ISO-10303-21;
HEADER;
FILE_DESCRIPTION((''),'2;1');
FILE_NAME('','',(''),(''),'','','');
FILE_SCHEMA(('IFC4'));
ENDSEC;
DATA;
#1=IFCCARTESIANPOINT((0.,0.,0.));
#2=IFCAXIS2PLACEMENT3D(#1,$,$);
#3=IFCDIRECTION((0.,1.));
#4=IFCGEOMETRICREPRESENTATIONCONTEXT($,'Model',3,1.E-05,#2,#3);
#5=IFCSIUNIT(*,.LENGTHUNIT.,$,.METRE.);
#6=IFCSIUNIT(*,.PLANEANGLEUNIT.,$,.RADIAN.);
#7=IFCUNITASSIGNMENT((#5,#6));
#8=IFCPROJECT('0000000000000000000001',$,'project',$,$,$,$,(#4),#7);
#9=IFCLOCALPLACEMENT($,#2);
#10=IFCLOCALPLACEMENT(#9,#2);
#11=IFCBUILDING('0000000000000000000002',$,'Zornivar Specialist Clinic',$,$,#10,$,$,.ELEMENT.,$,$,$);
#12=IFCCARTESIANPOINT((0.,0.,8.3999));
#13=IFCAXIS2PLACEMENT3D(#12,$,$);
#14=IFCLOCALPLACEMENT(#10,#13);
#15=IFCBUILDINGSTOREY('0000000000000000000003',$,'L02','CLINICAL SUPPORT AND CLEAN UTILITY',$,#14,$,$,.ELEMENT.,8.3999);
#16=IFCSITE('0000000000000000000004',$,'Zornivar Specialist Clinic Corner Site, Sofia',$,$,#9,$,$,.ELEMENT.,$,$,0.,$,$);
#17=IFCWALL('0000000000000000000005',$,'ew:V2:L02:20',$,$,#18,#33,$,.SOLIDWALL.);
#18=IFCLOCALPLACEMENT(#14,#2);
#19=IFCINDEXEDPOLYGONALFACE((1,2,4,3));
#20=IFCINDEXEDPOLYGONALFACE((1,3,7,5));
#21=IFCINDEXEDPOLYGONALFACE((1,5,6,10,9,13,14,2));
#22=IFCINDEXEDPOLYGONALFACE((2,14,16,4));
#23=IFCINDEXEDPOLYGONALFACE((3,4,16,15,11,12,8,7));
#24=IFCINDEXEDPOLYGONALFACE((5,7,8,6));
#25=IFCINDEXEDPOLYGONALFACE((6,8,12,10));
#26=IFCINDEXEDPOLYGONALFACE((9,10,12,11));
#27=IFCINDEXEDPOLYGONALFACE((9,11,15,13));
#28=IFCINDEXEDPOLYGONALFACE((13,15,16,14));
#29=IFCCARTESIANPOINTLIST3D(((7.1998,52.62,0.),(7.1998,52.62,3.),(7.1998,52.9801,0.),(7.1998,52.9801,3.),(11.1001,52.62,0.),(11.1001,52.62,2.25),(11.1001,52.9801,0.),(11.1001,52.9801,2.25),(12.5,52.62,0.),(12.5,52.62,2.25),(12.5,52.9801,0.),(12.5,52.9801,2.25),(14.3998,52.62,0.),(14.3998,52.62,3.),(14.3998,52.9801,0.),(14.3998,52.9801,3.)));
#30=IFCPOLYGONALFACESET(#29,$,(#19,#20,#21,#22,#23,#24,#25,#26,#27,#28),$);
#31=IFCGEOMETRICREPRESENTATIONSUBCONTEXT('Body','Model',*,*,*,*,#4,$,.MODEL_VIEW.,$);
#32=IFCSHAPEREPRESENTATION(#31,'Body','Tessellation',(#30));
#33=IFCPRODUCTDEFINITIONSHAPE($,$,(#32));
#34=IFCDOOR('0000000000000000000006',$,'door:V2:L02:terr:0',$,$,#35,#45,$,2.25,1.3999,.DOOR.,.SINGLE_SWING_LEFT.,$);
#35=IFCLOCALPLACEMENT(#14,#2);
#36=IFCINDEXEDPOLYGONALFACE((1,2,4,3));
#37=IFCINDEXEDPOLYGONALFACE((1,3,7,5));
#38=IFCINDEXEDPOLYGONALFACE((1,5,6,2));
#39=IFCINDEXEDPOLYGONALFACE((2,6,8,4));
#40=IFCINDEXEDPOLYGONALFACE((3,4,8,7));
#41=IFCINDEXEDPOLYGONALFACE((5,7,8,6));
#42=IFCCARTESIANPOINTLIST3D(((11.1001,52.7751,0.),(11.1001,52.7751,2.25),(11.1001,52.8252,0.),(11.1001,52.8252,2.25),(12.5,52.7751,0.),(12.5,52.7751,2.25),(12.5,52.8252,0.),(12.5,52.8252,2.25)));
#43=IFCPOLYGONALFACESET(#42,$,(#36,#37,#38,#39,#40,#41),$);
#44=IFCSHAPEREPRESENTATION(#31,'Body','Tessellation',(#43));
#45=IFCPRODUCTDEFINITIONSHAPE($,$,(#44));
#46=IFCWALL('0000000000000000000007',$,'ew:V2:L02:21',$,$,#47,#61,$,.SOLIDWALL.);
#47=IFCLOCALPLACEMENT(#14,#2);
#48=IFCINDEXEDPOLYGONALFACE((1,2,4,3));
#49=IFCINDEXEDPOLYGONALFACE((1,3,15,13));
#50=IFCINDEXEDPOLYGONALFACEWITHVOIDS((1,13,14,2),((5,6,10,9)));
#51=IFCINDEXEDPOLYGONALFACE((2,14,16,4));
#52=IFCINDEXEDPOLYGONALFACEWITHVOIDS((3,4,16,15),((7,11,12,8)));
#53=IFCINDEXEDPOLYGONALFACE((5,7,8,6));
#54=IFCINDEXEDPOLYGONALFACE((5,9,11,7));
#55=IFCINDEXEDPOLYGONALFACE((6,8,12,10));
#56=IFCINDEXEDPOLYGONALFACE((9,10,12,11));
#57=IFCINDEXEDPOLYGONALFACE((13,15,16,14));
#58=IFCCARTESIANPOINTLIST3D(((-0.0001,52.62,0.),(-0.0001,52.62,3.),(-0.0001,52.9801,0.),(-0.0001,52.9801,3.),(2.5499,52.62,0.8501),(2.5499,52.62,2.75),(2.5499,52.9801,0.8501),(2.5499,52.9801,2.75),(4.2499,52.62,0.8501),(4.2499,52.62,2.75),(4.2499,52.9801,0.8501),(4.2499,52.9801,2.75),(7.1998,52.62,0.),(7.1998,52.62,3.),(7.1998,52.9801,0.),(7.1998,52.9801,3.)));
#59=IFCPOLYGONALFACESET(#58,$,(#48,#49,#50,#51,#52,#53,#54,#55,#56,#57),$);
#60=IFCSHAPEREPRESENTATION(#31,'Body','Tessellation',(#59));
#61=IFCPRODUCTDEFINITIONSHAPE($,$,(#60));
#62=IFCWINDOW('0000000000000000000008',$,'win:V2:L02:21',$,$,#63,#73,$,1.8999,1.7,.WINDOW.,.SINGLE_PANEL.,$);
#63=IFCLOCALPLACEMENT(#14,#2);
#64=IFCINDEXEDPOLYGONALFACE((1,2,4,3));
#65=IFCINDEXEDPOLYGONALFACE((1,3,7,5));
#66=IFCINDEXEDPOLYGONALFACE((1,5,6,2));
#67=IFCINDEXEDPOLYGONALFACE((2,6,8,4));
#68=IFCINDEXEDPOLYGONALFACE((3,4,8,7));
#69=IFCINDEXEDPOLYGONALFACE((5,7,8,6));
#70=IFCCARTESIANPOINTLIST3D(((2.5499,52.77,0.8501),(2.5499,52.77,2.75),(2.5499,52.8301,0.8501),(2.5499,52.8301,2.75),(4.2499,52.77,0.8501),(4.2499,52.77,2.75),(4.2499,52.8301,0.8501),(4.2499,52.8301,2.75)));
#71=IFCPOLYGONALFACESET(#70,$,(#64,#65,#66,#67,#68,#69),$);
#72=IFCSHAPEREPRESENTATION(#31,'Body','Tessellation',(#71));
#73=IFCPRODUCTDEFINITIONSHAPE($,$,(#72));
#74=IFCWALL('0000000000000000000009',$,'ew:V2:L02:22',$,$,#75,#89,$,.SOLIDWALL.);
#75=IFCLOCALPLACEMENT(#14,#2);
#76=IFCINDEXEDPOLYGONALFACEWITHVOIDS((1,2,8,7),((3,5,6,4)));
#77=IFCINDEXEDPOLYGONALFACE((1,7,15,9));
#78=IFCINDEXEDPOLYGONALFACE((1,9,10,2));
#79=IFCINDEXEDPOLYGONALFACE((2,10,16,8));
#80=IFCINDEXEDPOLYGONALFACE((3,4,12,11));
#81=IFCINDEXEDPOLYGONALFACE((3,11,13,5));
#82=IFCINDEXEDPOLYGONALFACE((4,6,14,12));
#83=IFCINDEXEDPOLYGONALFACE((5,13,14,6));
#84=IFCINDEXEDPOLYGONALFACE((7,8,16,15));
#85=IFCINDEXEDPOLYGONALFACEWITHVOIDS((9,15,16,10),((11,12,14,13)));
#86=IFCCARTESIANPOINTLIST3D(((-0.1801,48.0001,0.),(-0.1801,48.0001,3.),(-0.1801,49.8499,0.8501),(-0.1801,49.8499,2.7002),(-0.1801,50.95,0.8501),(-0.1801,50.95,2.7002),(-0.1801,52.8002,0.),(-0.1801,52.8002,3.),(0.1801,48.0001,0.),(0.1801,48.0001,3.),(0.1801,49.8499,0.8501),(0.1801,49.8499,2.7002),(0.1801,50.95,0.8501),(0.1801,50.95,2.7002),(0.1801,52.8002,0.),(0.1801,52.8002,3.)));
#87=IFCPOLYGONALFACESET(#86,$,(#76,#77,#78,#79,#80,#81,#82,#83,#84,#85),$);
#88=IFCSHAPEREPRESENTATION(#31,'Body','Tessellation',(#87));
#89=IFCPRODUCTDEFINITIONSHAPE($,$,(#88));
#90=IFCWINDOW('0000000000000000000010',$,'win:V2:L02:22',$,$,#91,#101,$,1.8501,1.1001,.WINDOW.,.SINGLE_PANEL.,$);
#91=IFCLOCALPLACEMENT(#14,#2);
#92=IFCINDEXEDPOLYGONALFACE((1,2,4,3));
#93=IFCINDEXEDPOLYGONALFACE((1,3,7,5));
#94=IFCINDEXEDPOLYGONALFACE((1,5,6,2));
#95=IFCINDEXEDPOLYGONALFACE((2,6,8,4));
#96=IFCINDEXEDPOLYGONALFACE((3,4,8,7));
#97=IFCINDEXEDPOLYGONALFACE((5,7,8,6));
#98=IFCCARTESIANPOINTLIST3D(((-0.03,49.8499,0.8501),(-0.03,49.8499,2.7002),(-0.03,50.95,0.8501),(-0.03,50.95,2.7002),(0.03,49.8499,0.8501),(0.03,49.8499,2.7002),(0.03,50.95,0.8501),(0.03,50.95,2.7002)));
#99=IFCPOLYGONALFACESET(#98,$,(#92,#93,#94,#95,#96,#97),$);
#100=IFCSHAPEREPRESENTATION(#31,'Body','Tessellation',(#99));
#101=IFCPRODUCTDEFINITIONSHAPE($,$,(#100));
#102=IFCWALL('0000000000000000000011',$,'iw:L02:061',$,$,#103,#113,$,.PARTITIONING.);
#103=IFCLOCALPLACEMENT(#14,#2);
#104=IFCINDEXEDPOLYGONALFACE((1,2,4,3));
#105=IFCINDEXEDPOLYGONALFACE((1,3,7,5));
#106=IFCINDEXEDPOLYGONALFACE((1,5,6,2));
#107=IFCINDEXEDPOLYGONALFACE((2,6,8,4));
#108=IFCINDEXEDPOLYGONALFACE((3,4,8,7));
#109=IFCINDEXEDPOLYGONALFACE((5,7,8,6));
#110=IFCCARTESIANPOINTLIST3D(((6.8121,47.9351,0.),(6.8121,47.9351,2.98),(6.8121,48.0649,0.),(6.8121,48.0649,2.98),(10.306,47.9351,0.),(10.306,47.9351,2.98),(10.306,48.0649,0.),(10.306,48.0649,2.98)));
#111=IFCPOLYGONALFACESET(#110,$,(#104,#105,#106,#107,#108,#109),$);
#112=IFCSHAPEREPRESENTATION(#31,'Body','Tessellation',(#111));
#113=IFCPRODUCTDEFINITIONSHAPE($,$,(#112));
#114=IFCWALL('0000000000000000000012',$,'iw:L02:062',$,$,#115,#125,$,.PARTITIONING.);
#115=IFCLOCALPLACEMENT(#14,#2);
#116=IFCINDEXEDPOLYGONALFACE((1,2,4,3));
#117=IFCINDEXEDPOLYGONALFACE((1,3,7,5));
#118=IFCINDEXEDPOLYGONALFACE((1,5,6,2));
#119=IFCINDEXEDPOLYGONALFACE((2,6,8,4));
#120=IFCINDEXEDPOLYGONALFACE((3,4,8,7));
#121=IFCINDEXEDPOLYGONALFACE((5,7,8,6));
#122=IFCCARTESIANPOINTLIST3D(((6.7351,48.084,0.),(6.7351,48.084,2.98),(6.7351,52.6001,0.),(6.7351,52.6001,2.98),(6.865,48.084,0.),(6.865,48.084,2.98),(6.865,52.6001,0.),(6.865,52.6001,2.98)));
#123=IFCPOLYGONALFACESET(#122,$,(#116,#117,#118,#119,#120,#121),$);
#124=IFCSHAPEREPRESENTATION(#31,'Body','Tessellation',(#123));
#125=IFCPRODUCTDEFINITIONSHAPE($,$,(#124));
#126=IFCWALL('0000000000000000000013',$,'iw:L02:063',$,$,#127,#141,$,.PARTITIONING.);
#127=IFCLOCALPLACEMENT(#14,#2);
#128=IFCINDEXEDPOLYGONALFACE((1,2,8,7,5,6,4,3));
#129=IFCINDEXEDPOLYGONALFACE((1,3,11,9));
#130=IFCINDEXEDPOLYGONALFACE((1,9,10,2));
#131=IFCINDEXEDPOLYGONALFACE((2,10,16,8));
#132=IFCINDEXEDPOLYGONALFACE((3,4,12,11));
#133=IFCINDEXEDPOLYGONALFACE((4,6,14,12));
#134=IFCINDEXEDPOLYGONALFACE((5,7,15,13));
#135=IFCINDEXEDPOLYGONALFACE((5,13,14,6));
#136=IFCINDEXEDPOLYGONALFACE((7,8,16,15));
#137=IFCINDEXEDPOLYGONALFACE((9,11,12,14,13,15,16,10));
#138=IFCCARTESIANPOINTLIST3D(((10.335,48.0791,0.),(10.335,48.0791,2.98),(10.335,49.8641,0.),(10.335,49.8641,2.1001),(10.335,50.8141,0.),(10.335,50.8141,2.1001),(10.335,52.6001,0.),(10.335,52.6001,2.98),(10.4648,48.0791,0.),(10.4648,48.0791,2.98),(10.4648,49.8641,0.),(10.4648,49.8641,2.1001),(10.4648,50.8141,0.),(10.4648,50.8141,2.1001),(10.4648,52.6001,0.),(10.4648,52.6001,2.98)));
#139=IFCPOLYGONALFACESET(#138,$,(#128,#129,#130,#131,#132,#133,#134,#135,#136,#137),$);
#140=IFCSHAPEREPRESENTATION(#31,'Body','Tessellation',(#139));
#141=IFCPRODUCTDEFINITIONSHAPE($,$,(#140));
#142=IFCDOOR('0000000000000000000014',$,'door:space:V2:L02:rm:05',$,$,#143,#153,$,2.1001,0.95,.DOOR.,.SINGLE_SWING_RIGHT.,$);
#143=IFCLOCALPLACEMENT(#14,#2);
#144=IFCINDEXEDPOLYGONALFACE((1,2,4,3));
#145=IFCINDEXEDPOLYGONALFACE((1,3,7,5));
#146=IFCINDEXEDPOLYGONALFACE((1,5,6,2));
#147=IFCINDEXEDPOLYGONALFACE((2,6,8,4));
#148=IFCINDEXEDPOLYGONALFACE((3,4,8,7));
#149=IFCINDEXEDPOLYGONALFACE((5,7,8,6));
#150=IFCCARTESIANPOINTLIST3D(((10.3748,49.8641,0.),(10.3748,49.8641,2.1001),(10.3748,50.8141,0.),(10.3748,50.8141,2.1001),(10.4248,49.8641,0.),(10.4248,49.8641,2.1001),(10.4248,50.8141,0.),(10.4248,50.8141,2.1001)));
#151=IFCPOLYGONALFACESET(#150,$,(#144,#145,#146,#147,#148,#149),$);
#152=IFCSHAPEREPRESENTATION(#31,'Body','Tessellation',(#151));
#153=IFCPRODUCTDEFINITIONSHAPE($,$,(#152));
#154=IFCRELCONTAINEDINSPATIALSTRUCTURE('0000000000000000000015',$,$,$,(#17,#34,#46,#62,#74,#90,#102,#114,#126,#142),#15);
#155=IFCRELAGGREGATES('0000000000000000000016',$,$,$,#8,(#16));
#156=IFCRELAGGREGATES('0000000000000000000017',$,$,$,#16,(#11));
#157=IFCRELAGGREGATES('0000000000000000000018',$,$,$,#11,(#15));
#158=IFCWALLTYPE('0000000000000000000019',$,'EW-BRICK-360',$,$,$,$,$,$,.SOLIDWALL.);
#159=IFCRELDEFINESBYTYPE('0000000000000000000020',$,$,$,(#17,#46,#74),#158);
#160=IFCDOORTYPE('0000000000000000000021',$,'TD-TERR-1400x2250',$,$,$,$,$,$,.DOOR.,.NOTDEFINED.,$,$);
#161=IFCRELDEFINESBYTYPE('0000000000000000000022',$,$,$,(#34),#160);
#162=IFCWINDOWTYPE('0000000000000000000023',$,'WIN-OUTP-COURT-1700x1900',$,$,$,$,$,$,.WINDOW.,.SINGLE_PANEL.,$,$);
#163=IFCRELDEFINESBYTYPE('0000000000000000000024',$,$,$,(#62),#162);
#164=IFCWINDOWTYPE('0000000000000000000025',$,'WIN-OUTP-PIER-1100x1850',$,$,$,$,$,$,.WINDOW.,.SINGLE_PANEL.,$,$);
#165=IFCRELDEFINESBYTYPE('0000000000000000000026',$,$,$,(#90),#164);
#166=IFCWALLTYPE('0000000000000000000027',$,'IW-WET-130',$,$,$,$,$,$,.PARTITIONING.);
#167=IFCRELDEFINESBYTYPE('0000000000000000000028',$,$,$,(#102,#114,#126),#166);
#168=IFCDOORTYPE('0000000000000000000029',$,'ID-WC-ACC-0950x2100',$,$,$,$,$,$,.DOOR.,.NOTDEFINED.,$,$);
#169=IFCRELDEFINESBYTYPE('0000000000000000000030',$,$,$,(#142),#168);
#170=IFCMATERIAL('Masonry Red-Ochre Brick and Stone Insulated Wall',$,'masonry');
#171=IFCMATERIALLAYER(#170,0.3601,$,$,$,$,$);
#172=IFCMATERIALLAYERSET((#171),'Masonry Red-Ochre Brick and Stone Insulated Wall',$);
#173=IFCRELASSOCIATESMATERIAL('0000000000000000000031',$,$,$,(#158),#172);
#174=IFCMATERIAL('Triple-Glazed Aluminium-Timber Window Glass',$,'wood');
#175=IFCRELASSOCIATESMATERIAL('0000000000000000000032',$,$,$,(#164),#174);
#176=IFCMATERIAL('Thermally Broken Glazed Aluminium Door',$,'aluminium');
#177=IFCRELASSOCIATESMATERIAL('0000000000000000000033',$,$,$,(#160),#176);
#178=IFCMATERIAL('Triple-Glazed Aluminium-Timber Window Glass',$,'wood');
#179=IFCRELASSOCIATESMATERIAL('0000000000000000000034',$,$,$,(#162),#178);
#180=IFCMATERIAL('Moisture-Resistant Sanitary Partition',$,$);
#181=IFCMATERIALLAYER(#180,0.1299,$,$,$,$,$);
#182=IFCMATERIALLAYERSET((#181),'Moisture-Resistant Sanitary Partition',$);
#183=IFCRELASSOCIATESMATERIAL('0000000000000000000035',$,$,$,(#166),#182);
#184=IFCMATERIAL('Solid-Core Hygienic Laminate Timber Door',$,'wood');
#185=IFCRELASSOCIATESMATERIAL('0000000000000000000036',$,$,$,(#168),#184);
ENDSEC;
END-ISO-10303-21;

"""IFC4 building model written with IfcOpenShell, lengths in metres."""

from ifc_helpers import new_model, si_unit, direction, frame, frame_2d, origin, place, context, subcontext, project, spatial, rectangle, extrude, material, layer, layer_set, type_object, element, fill, save


model = new_model("IFC4")

# Units and contexts
model_context = context("Model", 3, precision=1e-05, world=origin(), true_north=direction((0.0, 1.0)))
body_context = subcontext(model_context, "Body", "Model", "MODEL_VIEW")
ifc_project = project(units=[si_unit("LENGTHUNIT", "METRE"), si_unit("PLANEANGLEUNIT", "RADIAN")], contexts=[model_context])

# Site, building, storey
site_placement = place(None, origin())
site = spatial("IfcSite", under=ifc_project, at=site_placement, Name="Zornivar Specialist Clinic Corner Site, Sofia", CompositionType="ELEMENT", RefElevation=0.0)
building_placement = place(site_placement, origin())
building = spatial("IfcBuilding", under=site, at=building_placement, Name="Zornivar Specialist Clinic", CompositionType="ELEMENT")
storey_placement = place(building_placement, frame((0.0, 0.0, 8.3999)))
storey = spatial("IfcBuildingStorey", under=building, at=storey_placement, Name="L02", Description="CLINICAL SUPPORT AND CLEAN UTILITY", CompositionType="ELEMENT", Elevation=8.3999)

# Shared definitions
ifc_material_1 = material(Name="Masonry Red-Ochre Brick and Stone Insulated Wall", Category="masonry")
ifc_layer_1 = layer(ifc_material_1, 0.3601)
ifc_layer_set_1 = layer_set([ifc_layer_1], Name="Masonry Red-Ochre Brick and Stone Insulated Wall")
wall_type_1 = type_object("IfcWallType", Name="EW-BRICK-360", PredefinedType="SOLIDWALL", material=ifc_layer_set_1)
ifc_material_2 = material(Name="Triple-Glazed Aluminium-Timber Window Glass", Category="wood")
window_type_1 = type_object("IfcWindowType", Name="WIN-OUTP-PIER-1100x1850", PartitioningType="SINGLE_PANEL", PredefinedType="WINDOW", material=ifc_material_2)

# Wall, opening, door
wall_1_placement = place(storey_placement, frame((14.3999, 52.8, 0.0), z_axis=(0.0, 0.0, 1.0), x_axis=(-1.0, 0.0, 0.0)))
wall_1 = element("IfcWall", 1, at=wall_1_placement, inside=storey, type_object=wall_type_1, Name="ew:V2:L02:20", PredefinedType="SOLIDWALL", context=body_context, shape_type="SweptSolid", body=[
    extrude(rectangle(XDim=7.2, YDim=0.3601, at=frame_2d((3.6001, 0.0))), origin(), (0.0, 0.0, 1.0), 3.0),
])
opening_1_placement = place(wall_1_placement, frame((1.8999, 0.0, 0.0)))
opening_1 = element("IfcOpeningElement", 2, at=opening_1_placement, cuts=wall_1, PredefinedType="OPENING", context=body_context, shape_type="SweptSolid", body=[
    extrude(rectangle(XDim=1.3999, YDim=2.25, at=frame_2d((0.7, 1.125))), frame((0.0, 0.1899, 0.0), z_axis=(0.0, -1.0, 0.0), x_axis=(1.0, 0.0, 0.0)), (0.0, 0.0, 1.0), 0.3801),
])
ifc_material_3 = material(Name="Thermally Broken Glazed Aluminium Door", Category="aluminium")
door_type_1 = type_object("IfcDoorType", Name="TD-TERR-1400x2250", OperationType="NOTDEFINED", PredefinedType="DOOR", material=ifc_material_3)
door_1_placement = place(opening_1_placement, origin())
door_1 = element("IfcDoor", 3, at=door_1_placement, inside=storey, type_object=door_type_1, Name="door:V2:L02:terr:0", OperationType="SINGLE_SWING_LEFT", OverallHeight=2.25, OverallWidth=1.3999, PredefinedType="DOOR", context=body_context, shape_type="SweptSolid", body=[
    extrude(rectangle(XDim=1.3999, YDim=2.25, at=frame_2d((0.7, 1.125))), frame((0.0, 0.0249, 0.0), z_axis=(0.0, -1.0, 0.0), x_axis=(1.0, 0.0, 0.0)), (0.0, 0.0, 1.0), 0.05),
])
fill(opening_1, door_1)

# Walls, openings, windows
wall_2_placement = place(storey_placement, frame((7.2, 52.8, 0.0), z_axis=(0.0, 0.0, 1.0), x_axis=(-1.0, 0.0, 0.0)))
wall_2 = element("IfcWall", 4, at=wall_2_placement, inside=storey, type_object=wall_type_1, Name="ew:V2:L02:21", PredefinedType="SOLIDWALL", context=body_context, shape_type="SweptSolid", body=[
    extrude(rectangle(XDim=7.2, YDim=0.3601, at=frame_2d((3.6001, 0.0))), origin(), (0.0, 0.0, 1.0), 3.0),
])
opening_2_placement = place(wall_2_placement, frame((2.95, 0.0, 0.8501)))
opening_2 = element("IfcOpeningElement", 5, at=opening_2_placement, cuts=wall_2, PredefinedType="OPENING", context=body_context, shape_type="SweptSolid", body=[
    extrude(rectangle(XDim=1.7, YDim=1.8999, at=frame_2d((0.8501, 0.95))), frame((0.0, 0.1899, 0.0), z_axis=(0.0, -1.0, 0.0), x_axis=(1.0, 0.0, 0.0)), (0.0, 0.0, 1.0), 0.3801),
])
ifc_material_4 = material(Name="Triple-Glazed Aluminium-Timber Window Glass", Category="wood")
window_type_2 = type_object("IfcWindowType", Name="WIN-OUTP-COURT-1700x1900", PartitioningType="SINGLE_PANEL", PredefinedType="WINDOW", material=ifc_material_4)
window_1_placement = place(opening_2_placement, origin())
window_1 = element("IfcWindow", 6, at=window_1_placement, inside=storey, type_object=window_type_2, Name="win:V2:L02:21", OverallHeight=1.8999, OverallWidth=1.7, PartitioningType="SINGLE_PANEL", PredefinedType="WINDOW", context=body_context, shape_type="SweptSolid", body=[
    extrude(rectangle(XDim=1.7, YDim=1.8999, at=frame_2d((0.8501, 0.95))), frame((0.0, 0.03, 0.0), z_axis=(0.0, -1.0, 0.0), x_axis=(1.0, 0.0, 0.0)), (0.0, 0.0, 1.0), 0.0601),
])
fill(opening_2, window_1)
wall_3_placement = place(storey_placement, frame((0.0, 52.8, 0.0), z_axis=(0.0, 0.0, 1.0), x_axis=(0.0, -1.0, 0.0)))
wall_3 = element("IfcWall", 7, at=wall_3_placement, inside=storey, type_object=wall_type_1, Name="ew:V2:L02:22", PredefinedType="SOLIDWALL", context=body_context, shape_type="SweptSolid", body=[
    extrude(rectangle(XDim=4.8, YDim=0.3601, at=frame_2d((2.3999, 0.0))), origin(), (0.0, 0.0, 1.0), 3.0),
])
opening_3_placement = place(wall_3_placement, frame((1.8501, 0.0, 0.8501)))
opening_3 = element("IfcOpeningElement", 8, at=opening_3_placement, cuts=wall_3, PredefinedType="OPENING", context=body_context, shape_type="SweptSolid", body=[
    extrude(rectangle(XDim=1.1001, YDim=1.8501, at=frame_2d((0.55, 0.925))), frame((0.0, 0.1899, 0.0), z_axis=(0.0, -1.0, 0.0), x_axis=(1.0, 0.0, 0.0)), (0.0, 0.0, 1.0), 0.3801),
])
window_2_placement = place(opening_3_placement, origin())
window_2 = element("IfcWindow", 9, at=window_2_placement, inside=storey, type_object=window_type_1, Name="win:V2:L02:22", OverallHeight=1.8501, OverallWidth=1.1001, PartitioningType="SINGLE_PANEL", PredefinedType="WINDOW", context=body_context, shape_type="SweptSolid", body=[
    extrude(rectangle(XDim=1.1001, YDim=1.8501, at=frame_2d((0.55, 0.925))), frame((0.0, 0.03, 0.0), z_axis=(0.0, -1.0, 0.0), x_axis=(1.0, 0.0, 0.0)), (0.0, 0.0, 1.0), 0.0601),
])
fill(opening_3, window_2)

# Walls
ifc_material_5 = material(Name="Moisture-Resistant Sanitary Partition")
ifc_layer_2 = layer(ifc_material_5, 0.1299)
ifc_layer_set_2 = layer_set([ifc_layer_2], Name="Moisture-Resistant Sanitary Partition")
wall_type_2 = type_object("IfcWallType", Name="IW-WET-130", PredefinedType="PARTITIONING", material=ifc_layer_set_2)
wall_4_placement = place(storey_placement, frame((6.812, 48.0, 0.0), z_axis=(0.0, 0.0, 1.0), x_axis=(1.0, 0.0, 0.0)))
element("IfcWall", 10, at=wall_4_placement, inside=storey, type_object=wall_type_2, Name="iw:L02:061", PredefinedType="PARTITIONING", context=body_context, shape_type="SweptSolid", body=[
    extrude(rectangle(XDim=3.4939, YDim=0.1299, at=frame_2d((1.7471, 0.0))), origin(), (0.0, 0.0, 1.0), 2.98),
])
wall_5_placement = place(storey_placement, frame((6.8, 48.084, 0.0), z_axis=(0.0, 0.0, 1.0), x_axis=(0.0, 1.0, 0.0)))
element("IfcWall", 11, at=wall_5_placement, inside=storey, type_object=wall_type_2, Name="iw:L02:062", PredefinedType="PARTITIONING", context=body_context, shape_type="SweptSolid", body=[
    extrude(rectangle(XDim=4.5161, YDim=0.1299, at=frame_2d((2.2581, 0.0))), origin(), (0.0, 0.0, 1.0), 2.98),
])

# Wall, opening, door
wall_6_placement = place(storey_placement, frame((10.3999, 52.6001, 0.0), z_axis=(0.0, 0.0, 1.0), x_axis=(0.0, -1.0, 0.0)))
wall_6 = element("IfcWall", 12, at=wall_6_placement, inside=storey, type_object=wall_type_2, Name="iw:L02:063", PredefinedType="PARTITIONING", context=body_context, shape_type="SweptSolid", body=[
    extrude(rectangle(XDim=4.521, YDim=0.1299, at=frame_2d((2.2605, 0.0))), origin(), (0.0, 0.0, 1.0), 2.98),
])
opening_4_placement = place(wall_6_placement, frame((1.7859, 0.0, 0.0)))
opening_4 = element("IfcOpeningElement", 13, at=opening_4_placement, cuts=wall_6, PredefinedType="OPENING", context=body_context, shape_type="SweptSolid", body=[
    extrude(rectangle(XDim=0.95, YDim=2.1001, at=frame_2d((0.4751, 1.05))), frame((0.0, 0.075, 0.0), z_axis=(0.0, -1.0, 0.0), x_axis=(1.0, 0.0, 0.0)), (0.0, 0.0, 1.0), 0.1499),
])
ifc_material_6 = material(Name="Solid-Core Hygienic Laminate Timber Door", Category="wood")
door_type_2 = type_object("IfcDoorType", Name="ID-WC-ACC-0950x2100", OperationType="NOTDEFINED", PredefinedType="DOOR", material=ifc_material_6)
door_2_placement = place(opening_4_placement, origin())
door_2 = element("IfcDoor", 14, at=door_2_placement, inside=storey, type_object=door_type_2, Name="door:space:V2:L02:rm:05", OperationType="SINGLE_SWING_RIGHT", OverallHeight=2.1001, OverallWidth=0.95, PredefinedType="DOOR", context=body_context, shape_type="SweptSolid", body=[
    extrude(rectangle(XDim=0.95, YDim=2.1001, at=frame_2d((0.4751, 1.05))), frame((0.0, 0.0249, 0.0), z_axis=(0.0, -1.0, 0.0), x_axis=(1.0, 0.0, 0.0)), (0.0, 0.0, 1.0), 0.05),
])
fill(opening_4, door_2)

save(model, "model.ifc")
